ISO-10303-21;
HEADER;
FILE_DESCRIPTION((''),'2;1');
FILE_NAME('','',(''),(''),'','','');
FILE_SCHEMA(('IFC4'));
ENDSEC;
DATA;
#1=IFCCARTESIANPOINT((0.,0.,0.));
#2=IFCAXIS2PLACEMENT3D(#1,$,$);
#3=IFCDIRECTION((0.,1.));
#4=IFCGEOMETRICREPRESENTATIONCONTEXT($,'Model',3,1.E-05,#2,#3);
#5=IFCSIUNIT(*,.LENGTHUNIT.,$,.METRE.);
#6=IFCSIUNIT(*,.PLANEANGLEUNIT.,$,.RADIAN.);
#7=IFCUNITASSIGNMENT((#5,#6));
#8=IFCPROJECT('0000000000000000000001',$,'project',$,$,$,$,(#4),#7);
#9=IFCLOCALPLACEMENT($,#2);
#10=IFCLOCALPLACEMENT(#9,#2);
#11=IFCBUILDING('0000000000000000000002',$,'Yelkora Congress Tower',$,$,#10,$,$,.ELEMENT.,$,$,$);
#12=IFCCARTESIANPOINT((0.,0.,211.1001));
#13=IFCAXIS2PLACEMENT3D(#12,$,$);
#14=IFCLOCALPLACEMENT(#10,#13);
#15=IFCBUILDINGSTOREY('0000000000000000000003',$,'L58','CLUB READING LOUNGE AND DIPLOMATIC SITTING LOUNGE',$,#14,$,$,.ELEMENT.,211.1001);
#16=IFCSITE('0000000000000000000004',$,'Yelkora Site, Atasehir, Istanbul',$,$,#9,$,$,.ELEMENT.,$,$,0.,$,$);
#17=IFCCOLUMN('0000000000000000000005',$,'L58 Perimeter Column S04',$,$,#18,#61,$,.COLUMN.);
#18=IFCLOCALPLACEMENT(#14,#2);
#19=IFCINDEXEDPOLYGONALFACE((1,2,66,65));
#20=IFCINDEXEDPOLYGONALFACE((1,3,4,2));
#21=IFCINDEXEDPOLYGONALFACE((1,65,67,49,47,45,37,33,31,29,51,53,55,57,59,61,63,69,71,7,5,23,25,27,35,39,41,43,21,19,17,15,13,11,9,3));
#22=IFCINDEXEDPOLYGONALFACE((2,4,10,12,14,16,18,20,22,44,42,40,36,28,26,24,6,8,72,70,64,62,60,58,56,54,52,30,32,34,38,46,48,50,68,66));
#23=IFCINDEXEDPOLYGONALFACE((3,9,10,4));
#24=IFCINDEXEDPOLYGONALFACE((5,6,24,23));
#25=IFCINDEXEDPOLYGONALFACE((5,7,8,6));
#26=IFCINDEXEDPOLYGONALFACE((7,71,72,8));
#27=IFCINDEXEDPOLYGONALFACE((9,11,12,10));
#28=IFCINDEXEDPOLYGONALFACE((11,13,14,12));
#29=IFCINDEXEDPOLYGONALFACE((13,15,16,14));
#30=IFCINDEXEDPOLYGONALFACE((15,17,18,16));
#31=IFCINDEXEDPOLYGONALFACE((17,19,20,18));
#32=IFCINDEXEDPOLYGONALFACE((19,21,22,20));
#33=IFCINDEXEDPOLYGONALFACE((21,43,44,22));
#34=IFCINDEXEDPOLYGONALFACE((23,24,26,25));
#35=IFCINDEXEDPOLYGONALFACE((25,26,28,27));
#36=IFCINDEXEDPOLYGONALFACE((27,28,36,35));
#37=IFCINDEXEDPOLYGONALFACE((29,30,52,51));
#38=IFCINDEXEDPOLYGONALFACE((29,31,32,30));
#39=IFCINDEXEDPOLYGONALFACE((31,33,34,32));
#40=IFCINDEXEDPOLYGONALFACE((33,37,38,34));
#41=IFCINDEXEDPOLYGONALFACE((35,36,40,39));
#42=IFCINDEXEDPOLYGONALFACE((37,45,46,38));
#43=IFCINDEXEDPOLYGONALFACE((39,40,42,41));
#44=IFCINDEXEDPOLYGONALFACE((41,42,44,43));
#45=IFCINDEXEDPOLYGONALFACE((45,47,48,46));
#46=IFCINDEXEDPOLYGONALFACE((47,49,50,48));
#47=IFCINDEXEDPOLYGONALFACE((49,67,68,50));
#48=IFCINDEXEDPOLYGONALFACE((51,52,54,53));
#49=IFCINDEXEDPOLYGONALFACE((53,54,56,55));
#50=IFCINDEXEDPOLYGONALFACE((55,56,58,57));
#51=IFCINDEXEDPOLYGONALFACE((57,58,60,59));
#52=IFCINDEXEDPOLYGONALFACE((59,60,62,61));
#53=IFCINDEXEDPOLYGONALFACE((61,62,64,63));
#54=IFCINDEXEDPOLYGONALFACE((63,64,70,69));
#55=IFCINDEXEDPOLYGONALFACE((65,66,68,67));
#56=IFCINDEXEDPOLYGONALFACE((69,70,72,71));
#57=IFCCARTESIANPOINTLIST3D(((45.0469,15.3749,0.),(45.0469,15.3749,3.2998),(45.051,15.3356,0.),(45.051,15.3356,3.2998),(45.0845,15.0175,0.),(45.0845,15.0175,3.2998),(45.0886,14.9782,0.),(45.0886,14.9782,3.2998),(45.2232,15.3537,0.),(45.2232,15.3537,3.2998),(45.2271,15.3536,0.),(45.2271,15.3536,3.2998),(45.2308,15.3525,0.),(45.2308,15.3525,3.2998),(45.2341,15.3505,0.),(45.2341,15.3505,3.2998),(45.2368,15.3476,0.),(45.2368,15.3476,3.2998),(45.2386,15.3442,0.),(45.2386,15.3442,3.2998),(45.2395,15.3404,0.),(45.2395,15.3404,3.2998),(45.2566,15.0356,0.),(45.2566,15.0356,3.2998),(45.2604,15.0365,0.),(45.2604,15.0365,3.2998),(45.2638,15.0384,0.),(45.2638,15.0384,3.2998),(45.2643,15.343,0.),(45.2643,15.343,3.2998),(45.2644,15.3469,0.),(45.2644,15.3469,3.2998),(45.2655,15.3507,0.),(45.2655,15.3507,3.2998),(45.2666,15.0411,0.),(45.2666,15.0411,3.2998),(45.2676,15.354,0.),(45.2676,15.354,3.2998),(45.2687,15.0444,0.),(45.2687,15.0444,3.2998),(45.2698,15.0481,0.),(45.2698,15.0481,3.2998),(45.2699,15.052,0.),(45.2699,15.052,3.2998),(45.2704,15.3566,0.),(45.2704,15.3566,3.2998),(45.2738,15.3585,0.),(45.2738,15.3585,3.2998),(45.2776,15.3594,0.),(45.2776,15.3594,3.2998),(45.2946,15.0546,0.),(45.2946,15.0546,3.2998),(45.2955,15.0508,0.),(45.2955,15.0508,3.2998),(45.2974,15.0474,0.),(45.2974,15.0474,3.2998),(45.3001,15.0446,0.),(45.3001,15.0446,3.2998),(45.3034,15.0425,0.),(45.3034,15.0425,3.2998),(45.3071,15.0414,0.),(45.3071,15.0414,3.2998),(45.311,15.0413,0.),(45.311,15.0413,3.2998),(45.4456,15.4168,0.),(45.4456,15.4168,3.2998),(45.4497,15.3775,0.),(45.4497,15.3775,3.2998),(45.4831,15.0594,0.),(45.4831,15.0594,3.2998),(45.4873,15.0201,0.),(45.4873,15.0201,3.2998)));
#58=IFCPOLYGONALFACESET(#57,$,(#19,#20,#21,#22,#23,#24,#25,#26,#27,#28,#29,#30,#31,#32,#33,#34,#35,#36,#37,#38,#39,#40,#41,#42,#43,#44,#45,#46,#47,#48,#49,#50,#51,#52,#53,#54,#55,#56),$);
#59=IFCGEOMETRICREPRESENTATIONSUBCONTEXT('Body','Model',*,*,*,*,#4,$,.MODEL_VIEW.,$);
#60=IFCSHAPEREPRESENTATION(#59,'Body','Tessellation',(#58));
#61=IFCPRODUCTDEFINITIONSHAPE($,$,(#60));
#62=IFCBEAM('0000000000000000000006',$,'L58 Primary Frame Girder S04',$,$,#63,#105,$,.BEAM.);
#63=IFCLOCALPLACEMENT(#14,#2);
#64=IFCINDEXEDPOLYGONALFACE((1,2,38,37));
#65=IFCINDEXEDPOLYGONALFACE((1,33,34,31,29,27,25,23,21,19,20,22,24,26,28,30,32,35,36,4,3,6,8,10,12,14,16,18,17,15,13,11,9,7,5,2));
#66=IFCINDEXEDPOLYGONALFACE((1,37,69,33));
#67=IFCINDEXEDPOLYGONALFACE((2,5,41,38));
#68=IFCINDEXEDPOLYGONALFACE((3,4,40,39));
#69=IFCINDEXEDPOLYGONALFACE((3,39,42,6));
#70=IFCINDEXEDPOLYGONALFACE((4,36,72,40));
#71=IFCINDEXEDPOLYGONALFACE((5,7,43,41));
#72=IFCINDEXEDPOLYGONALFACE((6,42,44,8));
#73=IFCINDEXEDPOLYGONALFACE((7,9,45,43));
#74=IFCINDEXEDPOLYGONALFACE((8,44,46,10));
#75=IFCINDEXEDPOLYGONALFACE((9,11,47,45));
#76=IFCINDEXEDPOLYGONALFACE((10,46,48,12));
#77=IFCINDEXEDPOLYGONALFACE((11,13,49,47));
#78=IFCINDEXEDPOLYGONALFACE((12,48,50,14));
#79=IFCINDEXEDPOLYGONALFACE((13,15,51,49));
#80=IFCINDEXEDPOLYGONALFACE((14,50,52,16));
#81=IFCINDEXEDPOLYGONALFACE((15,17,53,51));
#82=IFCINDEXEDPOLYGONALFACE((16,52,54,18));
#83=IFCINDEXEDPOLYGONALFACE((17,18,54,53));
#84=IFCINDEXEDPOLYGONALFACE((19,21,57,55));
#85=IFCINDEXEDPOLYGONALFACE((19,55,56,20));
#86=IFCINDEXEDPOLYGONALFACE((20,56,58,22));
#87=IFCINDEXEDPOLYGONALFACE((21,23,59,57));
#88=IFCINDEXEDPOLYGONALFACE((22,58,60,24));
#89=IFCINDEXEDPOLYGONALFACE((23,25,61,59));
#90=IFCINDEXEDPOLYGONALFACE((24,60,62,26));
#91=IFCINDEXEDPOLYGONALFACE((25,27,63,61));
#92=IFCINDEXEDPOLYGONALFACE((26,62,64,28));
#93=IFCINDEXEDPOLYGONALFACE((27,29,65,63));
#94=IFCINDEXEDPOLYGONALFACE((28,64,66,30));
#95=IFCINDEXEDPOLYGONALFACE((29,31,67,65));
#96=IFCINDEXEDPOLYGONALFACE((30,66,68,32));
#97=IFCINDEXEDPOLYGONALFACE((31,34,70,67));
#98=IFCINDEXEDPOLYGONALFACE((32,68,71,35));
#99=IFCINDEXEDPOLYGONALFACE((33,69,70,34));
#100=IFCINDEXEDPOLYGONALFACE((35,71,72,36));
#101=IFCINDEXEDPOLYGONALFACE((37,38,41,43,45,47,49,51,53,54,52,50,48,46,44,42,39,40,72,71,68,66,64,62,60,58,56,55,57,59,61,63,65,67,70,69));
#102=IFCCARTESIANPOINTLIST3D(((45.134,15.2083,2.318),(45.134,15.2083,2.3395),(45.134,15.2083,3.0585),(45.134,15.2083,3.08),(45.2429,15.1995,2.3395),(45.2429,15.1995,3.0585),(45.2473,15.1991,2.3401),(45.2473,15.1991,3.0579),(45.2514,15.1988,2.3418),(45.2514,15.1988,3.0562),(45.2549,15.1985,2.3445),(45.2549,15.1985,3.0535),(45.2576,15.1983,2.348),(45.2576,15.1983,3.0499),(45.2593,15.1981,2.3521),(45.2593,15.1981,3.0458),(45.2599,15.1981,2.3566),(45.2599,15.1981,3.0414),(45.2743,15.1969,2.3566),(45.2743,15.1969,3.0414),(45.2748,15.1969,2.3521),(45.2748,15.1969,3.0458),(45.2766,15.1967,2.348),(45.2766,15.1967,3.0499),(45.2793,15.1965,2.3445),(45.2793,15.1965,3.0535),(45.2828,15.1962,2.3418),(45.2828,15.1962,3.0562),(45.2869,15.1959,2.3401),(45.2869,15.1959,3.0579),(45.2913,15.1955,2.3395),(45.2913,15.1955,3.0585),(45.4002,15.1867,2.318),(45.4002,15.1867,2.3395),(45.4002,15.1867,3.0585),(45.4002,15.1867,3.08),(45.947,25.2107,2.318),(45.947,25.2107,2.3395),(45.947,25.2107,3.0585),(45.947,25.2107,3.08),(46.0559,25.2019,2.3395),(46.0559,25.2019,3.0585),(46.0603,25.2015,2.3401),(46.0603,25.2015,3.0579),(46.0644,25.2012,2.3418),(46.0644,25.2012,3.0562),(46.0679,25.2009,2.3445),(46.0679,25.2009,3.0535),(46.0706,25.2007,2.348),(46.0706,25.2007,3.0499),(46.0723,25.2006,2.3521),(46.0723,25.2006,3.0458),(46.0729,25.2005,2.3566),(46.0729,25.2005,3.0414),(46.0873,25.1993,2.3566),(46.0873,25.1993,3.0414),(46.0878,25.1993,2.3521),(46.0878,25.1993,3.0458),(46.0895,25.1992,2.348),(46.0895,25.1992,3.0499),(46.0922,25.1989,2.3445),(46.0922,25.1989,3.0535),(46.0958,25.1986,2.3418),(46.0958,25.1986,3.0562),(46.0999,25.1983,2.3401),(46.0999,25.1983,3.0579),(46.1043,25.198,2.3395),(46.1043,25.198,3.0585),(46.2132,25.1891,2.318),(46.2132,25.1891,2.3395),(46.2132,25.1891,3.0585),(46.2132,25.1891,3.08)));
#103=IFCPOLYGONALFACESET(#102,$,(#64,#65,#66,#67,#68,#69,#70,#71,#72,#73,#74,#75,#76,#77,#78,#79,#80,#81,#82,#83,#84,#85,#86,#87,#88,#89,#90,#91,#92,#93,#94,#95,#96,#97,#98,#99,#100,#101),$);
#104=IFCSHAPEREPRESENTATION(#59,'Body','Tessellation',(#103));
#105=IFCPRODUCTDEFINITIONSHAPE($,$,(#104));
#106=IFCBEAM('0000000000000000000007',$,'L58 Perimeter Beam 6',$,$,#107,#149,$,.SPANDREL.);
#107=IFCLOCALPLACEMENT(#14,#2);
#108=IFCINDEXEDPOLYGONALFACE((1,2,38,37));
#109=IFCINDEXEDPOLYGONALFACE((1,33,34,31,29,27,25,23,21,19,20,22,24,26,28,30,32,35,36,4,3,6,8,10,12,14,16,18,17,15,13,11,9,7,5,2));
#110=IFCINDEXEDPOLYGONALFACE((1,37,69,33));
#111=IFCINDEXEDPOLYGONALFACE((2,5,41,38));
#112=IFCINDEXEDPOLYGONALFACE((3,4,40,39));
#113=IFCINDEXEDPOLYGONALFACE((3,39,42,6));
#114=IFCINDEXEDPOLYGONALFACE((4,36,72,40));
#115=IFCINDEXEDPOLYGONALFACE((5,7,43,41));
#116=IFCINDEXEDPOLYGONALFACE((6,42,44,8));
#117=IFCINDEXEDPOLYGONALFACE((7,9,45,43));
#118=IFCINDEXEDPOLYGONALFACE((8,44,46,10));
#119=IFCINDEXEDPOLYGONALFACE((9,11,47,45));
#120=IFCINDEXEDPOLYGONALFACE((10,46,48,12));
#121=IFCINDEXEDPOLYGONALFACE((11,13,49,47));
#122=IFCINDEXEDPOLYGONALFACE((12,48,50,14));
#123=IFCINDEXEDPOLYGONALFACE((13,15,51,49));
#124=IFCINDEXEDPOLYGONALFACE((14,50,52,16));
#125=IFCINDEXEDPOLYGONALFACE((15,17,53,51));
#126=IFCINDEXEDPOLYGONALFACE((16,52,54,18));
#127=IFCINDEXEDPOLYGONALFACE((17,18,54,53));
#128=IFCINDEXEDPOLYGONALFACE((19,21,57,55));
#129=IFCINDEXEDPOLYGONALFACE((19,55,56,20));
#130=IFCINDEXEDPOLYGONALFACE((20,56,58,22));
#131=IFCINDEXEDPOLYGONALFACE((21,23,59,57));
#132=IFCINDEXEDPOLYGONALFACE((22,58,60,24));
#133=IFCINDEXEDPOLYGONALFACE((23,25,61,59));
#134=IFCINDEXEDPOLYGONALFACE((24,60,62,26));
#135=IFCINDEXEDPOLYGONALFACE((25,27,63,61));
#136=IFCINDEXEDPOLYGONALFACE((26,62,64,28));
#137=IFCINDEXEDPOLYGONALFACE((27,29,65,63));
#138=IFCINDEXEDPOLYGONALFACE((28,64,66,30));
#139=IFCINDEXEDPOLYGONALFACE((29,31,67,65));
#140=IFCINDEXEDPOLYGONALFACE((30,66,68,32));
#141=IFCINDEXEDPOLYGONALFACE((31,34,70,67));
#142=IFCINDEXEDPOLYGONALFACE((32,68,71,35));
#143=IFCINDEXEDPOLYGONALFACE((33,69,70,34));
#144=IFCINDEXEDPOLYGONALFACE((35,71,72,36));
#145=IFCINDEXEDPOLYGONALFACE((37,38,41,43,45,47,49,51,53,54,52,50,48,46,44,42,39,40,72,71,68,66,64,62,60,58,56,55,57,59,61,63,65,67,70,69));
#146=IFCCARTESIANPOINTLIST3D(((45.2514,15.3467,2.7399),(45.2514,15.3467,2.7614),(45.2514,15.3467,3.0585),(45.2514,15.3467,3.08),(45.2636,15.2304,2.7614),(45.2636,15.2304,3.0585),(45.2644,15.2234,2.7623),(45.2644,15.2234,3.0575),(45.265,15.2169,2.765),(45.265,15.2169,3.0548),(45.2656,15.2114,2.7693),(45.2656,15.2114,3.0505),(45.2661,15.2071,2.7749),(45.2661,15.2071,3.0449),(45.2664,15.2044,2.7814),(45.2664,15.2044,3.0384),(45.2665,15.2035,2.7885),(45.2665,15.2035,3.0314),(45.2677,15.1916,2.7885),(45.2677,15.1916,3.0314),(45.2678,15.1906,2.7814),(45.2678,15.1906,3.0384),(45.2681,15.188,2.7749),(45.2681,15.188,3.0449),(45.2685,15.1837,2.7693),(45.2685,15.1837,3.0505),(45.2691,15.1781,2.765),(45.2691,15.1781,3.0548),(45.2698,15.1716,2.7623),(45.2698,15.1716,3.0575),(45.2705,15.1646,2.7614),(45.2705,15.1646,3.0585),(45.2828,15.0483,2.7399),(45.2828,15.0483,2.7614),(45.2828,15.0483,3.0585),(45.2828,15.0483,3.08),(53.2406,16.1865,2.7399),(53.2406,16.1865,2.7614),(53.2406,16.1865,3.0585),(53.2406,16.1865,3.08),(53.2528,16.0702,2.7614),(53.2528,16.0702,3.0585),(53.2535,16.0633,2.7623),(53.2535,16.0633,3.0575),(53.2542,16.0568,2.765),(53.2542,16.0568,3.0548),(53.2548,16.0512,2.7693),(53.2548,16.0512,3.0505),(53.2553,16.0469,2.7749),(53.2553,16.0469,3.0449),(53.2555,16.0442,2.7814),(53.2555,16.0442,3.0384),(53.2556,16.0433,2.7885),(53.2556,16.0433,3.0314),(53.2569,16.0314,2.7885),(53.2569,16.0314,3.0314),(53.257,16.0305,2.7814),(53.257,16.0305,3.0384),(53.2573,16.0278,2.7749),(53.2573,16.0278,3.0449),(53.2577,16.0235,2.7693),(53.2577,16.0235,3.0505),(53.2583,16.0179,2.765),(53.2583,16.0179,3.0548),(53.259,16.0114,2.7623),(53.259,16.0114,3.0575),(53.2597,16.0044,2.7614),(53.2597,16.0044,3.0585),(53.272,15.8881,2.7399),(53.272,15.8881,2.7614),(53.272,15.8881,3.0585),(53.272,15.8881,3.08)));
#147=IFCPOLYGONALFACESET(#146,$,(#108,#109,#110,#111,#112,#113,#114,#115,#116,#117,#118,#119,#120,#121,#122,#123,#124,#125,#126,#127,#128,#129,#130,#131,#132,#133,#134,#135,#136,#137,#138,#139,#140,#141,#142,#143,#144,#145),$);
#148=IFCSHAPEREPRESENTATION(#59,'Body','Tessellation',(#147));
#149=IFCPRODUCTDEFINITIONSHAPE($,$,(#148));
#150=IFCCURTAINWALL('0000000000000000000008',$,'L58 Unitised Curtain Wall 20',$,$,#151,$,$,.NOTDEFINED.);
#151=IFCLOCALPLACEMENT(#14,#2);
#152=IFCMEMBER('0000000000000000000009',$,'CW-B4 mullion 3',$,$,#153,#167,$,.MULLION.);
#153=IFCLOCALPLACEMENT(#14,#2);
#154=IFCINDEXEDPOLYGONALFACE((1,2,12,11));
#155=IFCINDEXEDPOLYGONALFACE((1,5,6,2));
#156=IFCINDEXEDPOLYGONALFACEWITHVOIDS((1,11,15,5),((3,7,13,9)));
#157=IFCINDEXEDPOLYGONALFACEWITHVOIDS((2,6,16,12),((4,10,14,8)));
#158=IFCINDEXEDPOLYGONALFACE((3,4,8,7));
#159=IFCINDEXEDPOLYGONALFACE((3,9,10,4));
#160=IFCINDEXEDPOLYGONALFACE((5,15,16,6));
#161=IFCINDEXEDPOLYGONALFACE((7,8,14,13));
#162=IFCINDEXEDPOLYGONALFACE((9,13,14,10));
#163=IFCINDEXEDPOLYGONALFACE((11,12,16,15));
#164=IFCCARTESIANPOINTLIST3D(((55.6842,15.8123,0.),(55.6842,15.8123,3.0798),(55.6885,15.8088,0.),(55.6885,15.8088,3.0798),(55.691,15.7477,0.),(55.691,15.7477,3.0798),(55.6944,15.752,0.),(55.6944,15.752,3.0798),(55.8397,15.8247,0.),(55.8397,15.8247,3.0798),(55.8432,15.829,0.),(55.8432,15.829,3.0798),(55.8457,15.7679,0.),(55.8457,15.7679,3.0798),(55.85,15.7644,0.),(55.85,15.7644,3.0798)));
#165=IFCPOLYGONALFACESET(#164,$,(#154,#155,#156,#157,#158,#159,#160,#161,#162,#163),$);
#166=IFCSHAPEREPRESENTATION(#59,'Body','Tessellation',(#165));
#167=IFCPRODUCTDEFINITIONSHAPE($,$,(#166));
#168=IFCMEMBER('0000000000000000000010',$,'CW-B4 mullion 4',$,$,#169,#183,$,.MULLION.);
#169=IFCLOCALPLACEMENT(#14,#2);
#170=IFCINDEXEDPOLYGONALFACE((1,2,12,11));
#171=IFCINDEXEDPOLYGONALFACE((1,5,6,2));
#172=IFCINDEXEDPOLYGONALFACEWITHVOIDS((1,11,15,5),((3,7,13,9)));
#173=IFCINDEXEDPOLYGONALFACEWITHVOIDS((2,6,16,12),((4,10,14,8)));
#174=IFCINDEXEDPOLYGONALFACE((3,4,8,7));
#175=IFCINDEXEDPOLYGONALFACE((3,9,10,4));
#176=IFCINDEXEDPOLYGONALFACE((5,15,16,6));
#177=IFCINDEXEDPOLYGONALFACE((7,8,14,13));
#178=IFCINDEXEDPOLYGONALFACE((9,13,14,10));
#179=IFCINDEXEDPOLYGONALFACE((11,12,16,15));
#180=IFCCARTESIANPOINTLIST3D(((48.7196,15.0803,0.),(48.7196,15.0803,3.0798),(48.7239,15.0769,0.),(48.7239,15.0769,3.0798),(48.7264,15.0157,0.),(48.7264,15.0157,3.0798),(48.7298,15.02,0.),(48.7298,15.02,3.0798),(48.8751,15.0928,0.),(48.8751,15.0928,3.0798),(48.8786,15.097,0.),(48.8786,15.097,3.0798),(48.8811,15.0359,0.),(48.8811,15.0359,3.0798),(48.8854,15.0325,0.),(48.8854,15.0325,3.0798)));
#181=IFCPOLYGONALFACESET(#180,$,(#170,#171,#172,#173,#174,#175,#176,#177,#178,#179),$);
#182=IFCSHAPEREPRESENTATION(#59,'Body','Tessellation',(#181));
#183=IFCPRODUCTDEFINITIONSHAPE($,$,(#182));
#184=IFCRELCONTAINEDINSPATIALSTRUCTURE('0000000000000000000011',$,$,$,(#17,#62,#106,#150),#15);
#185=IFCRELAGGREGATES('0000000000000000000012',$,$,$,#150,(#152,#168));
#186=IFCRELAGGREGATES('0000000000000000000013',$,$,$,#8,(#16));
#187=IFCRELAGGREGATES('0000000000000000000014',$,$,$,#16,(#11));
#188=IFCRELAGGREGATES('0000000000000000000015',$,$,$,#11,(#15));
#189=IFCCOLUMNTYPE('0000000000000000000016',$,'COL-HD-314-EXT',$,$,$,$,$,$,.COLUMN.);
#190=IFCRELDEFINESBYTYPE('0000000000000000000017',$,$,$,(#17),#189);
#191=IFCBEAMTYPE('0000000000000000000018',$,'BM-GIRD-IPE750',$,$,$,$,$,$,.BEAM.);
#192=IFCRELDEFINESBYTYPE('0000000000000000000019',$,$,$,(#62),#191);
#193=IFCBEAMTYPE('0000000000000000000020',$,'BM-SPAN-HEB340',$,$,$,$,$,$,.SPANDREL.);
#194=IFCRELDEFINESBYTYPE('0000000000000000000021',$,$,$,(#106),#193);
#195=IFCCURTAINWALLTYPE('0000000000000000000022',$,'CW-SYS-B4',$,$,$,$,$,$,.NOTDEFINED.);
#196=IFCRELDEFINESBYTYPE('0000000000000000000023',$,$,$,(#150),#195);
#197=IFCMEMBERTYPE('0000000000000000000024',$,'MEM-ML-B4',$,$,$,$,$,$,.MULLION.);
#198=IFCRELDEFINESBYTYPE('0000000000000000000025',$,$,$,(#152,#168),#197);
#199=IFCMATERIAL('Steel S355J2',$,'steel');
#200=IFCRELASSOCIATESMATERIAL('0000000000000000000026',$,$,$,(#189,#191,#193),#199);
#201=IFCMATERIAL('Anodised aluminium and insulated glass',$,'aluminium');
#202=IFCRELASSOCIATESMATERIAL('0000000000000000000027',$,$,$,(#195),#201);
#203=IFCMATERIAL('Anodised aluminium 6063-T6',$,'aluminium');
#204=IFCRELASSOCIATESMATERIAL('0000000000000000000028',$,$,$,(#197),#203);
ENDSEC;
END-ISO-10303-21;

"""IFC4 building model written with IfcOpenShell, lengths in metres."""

from ifc_helpers import new_model, si_unit, direction, frame, origin, origin_2d, place, context, subcontext, project, spatial, hollow_rectangle, i_section, extrude, material, material_profile, profile_set, type_object, element, aggregate, save


model = new_model("IFC4")

# Units and contexts
model_context = context("Model", 3, precision=1e-05, world=origin(), true_north=direction((0.0, 1.0)))
body_context = subcontext(model_context, "Body", "Model", "MODEL_VIEW")
ifc_project = project(units=[si_unit("LENGTHUNIT", "METRE"), si_unit("PLANEANGLEUNIT", "RADIAN")], contexts=[model_context])

# Site, building, storey
site_placement = place(None, origin())
site = spatial("IfcSite", under=ifc_project, at=site_placement, Name="Yelkora Site, Atasehir, Istanbul", CompositionType="ELEMENT", RefElevation=0.0)
building_placement = place(site_placement, origin())
building = spatial("IfcBuilding", under=site, at=building_placement, Name="Yelkora Congress Tower", CompositionType="ELEMENT")
storey_placement = place(building_placement, frame((0.0, 0.0, 211.1001)))
storey = spatial("IfcBuildingStorey", under=building, at=storey_placement, Name="L58", Description="CLUB READING LOUNGE AND DIPLOMATIC SITTING LOUNGE", CompositionType="ELEMENT", Elevation=211.1001)

# Column
ifc_material_1 = material(Name="Steel S355J2", Category="steel")
ifc_material_profile_1 = material_profile(ifc_material_1, i_section(OverallWidth=0.4009, OverallDepth=0.3989, WebThickness=0.0249, FlangeThickness=0.0396, FilletRadius=0.0149, at=origin_2d()), Name="HD 400x314")
ifc_profile_set_1 = profile_set([ifc_material_profile_1], Name="Steel S355J2")
column_type = type_object("IfcColumnType", Name="COL-HD-314-EXT", PredefinedType="COLUMN", material=ifc_profile_set_1)
column_placement = place(storey_placement, frame((45.2671, 15.1975, 0.0), z_axis=(0.0, 0.0, 1.0), x_axis=(0.994522, 0.104528, 0.0)))
element("IfcColumn", 1, at=column_placement, inside=storey, type_object=column_type, Name="L58 Perimeter Column S04", PredefinedType="COLUMN", context=body_context, shape_type="SweptSolid", body=[
    extrude(i_section(OverallWidth=0.4009, OverallDepth=0.3989, WebThickness=0.0249, FlangeThickness=0.0396, FilletRadius=0.0149, at=origin_2d()), origin(), (0.0, 0.0, 1.0), 3.2998),
])

# Beams
ifc_material_profile_2 = material_profile(ifc_material_1, i_section(OverallWidth=0.2671, OverallDepth=0.762, WebThickness=0.0144, FlangeThickness=0.0215, FilletRadius=0.0171, at=origin_2d()), Name="IPE 750x173")
ifc_profile_set_2 = profile_set([ifc_material_profile_2], Name="Steel S355J2")
beam_type_1 = type_object("IfcBeamType", Name="BM-GIRD-IPE750", PredefinedType="BEAM", material=ifc_profile_set_2)
beam_1_placement = place(storey_placement, frame((45.2671, 15.1975, 2.699), z_axis=(0.081012, 0.996713, 0.0), x_axis=(-0.996713, 0.081012, 0.0)))
element("IfcBeam", 2, at=beam_1_placement, inside=storey, type_object=beam_type_1, Name="L58 Primary Frame Girder S04", PredefinedType="BEAM", context=body_context, shape_type="SweptSolid", body=[
    extrude(i_section(OverallWidth=0.2671, OverallDepth=0.762, WebThickness=0.0144, FlangeThickness=0.0215, FilletRadius=0.0171, at=origin_2d()), origin(), (0.0, 0.0, 1.0), 10.0354),
])
ifc_material_profile_3 = material_profile(ifc_material_1, i_section(OverallWidth=0.3, OverallDepth=0.3401, WebThickness=0.012, FlangeThickness=0.0215, FilletRadius=0.0271, at=origin_2d()), Name="HEB 340")
ifc_profile_set_3 = profile_set([ifc_material_profile_3], Name="Steel S355J2")
beam_type_2 = type_object("IfcBeamType", Name="BM-SPAN-HEB340", PredefinedType="SPANDREL", material=ifc_profile_set_3)
beam_2_placement = place(storey_placement, frame((45.2671, 15.1975, 2.9099), z_axis=(0.99452, 0.104546, 0.0), x_axis=(-0.104546, 0.99452, 0.0)))
element("IfcBeam", 3, at=beam_2_placement, inside=storey, type_object=beam_type_2, Name="L58 Perimeter Beam 6", PredefinedType="SPANDREL", context=body_context, shape_type="SweptSolid", body=[
    extrude(i_section(OverallWidth=0.3, OverallDepth=0.3401, WebThickness=0.012, FlangeThickness=0.0215, FilletRadius=0.0271, at=origin_2d()), origin(), (0.0, 0.0, 1.0), 8.0332),
])

# Curtain wall, members
ifc_material_2 = material(Name="Anodised aluminium and insulated glass", Category="aluminium")
curtain_wall_type = type_object("IfcCurtainWallType", Name="CW-SYS-B4", PredefinedType="NOTDEFINED", material=ifc_material_2)
curtain_wall_placement = place(storey_placement, origin())
curtain_wall = element("IfcCurtainWall", 4, at=curtain_wall_placement, inside=storey, type_object=curtain_wall_type, Name="L58 Unitised Curtain Wall 20", PredefinedType="NOTDEFINED")
ifc_material_3 = material(Name="Anodised aluminium 6063-T6", Category="aluminium")
ifc_material_profile_4 = material_profile(ifc_material_3, hollow_rectangle(XDim=0.0649, YDim=0.1599, WallThickness=0.0039, at=origin_2d()), Name="ALU 65x160x4")
ifc_profile_set_4 = profile_set([ifc_material_profile_4], Name="Anodised aluminium 6063-T6")
member_type_1 = type_object("IfcMemberType", Name="MEM-ML-B4", PredefinedType="MULLION", material=ifc_profile_set_4)
member_1_placement = place(storey_placement, frame((55.7671, 15.7883, 0.0), z_axis=(0.0, 0.0, 1.0), x_axis=(0.104527, -0.994522, 0.0)))
member_1 = element("IfcMember", 5, at=member_1_placement, type_object=member_type_1, Name="CW-B4 mullion 3", PredefinedType="MULLION", context=body_context, shape_type="SweptSolid", body=[
    extrude(hollow_rectangle(XDim=0.0649, YDim=0.1599, WallThickness=0.0039, at=origin_2d()), origin(), (0.0, 0.0, 1.0), 3.0798),
])
member_2_placement = place(storey_placement, frame((48.8025, 15.0564, 0.0), z_axis=(0.0, 0.0, 1.0), x_axis=(0.104527, -0.994522, 0.0)))
member_2 = element("IfcMember", 6, at=member_2_placement, type_object=member_type_1, Name="CW-B4 mullion 4", PredefinedType="MULLION", context=body_context, shape_type="SweptSolid", body=[
    extrude(hollow_rectangle(XDim=0.0649, YDim=0.1599, WallThickness=0.0039, at=origin_2d()), origin(), (0.0, 0.0, 1.0), 3.0798),
])
aggregate(curtain_wall, [member_1, member_2])

save(model, "model.ifc")
